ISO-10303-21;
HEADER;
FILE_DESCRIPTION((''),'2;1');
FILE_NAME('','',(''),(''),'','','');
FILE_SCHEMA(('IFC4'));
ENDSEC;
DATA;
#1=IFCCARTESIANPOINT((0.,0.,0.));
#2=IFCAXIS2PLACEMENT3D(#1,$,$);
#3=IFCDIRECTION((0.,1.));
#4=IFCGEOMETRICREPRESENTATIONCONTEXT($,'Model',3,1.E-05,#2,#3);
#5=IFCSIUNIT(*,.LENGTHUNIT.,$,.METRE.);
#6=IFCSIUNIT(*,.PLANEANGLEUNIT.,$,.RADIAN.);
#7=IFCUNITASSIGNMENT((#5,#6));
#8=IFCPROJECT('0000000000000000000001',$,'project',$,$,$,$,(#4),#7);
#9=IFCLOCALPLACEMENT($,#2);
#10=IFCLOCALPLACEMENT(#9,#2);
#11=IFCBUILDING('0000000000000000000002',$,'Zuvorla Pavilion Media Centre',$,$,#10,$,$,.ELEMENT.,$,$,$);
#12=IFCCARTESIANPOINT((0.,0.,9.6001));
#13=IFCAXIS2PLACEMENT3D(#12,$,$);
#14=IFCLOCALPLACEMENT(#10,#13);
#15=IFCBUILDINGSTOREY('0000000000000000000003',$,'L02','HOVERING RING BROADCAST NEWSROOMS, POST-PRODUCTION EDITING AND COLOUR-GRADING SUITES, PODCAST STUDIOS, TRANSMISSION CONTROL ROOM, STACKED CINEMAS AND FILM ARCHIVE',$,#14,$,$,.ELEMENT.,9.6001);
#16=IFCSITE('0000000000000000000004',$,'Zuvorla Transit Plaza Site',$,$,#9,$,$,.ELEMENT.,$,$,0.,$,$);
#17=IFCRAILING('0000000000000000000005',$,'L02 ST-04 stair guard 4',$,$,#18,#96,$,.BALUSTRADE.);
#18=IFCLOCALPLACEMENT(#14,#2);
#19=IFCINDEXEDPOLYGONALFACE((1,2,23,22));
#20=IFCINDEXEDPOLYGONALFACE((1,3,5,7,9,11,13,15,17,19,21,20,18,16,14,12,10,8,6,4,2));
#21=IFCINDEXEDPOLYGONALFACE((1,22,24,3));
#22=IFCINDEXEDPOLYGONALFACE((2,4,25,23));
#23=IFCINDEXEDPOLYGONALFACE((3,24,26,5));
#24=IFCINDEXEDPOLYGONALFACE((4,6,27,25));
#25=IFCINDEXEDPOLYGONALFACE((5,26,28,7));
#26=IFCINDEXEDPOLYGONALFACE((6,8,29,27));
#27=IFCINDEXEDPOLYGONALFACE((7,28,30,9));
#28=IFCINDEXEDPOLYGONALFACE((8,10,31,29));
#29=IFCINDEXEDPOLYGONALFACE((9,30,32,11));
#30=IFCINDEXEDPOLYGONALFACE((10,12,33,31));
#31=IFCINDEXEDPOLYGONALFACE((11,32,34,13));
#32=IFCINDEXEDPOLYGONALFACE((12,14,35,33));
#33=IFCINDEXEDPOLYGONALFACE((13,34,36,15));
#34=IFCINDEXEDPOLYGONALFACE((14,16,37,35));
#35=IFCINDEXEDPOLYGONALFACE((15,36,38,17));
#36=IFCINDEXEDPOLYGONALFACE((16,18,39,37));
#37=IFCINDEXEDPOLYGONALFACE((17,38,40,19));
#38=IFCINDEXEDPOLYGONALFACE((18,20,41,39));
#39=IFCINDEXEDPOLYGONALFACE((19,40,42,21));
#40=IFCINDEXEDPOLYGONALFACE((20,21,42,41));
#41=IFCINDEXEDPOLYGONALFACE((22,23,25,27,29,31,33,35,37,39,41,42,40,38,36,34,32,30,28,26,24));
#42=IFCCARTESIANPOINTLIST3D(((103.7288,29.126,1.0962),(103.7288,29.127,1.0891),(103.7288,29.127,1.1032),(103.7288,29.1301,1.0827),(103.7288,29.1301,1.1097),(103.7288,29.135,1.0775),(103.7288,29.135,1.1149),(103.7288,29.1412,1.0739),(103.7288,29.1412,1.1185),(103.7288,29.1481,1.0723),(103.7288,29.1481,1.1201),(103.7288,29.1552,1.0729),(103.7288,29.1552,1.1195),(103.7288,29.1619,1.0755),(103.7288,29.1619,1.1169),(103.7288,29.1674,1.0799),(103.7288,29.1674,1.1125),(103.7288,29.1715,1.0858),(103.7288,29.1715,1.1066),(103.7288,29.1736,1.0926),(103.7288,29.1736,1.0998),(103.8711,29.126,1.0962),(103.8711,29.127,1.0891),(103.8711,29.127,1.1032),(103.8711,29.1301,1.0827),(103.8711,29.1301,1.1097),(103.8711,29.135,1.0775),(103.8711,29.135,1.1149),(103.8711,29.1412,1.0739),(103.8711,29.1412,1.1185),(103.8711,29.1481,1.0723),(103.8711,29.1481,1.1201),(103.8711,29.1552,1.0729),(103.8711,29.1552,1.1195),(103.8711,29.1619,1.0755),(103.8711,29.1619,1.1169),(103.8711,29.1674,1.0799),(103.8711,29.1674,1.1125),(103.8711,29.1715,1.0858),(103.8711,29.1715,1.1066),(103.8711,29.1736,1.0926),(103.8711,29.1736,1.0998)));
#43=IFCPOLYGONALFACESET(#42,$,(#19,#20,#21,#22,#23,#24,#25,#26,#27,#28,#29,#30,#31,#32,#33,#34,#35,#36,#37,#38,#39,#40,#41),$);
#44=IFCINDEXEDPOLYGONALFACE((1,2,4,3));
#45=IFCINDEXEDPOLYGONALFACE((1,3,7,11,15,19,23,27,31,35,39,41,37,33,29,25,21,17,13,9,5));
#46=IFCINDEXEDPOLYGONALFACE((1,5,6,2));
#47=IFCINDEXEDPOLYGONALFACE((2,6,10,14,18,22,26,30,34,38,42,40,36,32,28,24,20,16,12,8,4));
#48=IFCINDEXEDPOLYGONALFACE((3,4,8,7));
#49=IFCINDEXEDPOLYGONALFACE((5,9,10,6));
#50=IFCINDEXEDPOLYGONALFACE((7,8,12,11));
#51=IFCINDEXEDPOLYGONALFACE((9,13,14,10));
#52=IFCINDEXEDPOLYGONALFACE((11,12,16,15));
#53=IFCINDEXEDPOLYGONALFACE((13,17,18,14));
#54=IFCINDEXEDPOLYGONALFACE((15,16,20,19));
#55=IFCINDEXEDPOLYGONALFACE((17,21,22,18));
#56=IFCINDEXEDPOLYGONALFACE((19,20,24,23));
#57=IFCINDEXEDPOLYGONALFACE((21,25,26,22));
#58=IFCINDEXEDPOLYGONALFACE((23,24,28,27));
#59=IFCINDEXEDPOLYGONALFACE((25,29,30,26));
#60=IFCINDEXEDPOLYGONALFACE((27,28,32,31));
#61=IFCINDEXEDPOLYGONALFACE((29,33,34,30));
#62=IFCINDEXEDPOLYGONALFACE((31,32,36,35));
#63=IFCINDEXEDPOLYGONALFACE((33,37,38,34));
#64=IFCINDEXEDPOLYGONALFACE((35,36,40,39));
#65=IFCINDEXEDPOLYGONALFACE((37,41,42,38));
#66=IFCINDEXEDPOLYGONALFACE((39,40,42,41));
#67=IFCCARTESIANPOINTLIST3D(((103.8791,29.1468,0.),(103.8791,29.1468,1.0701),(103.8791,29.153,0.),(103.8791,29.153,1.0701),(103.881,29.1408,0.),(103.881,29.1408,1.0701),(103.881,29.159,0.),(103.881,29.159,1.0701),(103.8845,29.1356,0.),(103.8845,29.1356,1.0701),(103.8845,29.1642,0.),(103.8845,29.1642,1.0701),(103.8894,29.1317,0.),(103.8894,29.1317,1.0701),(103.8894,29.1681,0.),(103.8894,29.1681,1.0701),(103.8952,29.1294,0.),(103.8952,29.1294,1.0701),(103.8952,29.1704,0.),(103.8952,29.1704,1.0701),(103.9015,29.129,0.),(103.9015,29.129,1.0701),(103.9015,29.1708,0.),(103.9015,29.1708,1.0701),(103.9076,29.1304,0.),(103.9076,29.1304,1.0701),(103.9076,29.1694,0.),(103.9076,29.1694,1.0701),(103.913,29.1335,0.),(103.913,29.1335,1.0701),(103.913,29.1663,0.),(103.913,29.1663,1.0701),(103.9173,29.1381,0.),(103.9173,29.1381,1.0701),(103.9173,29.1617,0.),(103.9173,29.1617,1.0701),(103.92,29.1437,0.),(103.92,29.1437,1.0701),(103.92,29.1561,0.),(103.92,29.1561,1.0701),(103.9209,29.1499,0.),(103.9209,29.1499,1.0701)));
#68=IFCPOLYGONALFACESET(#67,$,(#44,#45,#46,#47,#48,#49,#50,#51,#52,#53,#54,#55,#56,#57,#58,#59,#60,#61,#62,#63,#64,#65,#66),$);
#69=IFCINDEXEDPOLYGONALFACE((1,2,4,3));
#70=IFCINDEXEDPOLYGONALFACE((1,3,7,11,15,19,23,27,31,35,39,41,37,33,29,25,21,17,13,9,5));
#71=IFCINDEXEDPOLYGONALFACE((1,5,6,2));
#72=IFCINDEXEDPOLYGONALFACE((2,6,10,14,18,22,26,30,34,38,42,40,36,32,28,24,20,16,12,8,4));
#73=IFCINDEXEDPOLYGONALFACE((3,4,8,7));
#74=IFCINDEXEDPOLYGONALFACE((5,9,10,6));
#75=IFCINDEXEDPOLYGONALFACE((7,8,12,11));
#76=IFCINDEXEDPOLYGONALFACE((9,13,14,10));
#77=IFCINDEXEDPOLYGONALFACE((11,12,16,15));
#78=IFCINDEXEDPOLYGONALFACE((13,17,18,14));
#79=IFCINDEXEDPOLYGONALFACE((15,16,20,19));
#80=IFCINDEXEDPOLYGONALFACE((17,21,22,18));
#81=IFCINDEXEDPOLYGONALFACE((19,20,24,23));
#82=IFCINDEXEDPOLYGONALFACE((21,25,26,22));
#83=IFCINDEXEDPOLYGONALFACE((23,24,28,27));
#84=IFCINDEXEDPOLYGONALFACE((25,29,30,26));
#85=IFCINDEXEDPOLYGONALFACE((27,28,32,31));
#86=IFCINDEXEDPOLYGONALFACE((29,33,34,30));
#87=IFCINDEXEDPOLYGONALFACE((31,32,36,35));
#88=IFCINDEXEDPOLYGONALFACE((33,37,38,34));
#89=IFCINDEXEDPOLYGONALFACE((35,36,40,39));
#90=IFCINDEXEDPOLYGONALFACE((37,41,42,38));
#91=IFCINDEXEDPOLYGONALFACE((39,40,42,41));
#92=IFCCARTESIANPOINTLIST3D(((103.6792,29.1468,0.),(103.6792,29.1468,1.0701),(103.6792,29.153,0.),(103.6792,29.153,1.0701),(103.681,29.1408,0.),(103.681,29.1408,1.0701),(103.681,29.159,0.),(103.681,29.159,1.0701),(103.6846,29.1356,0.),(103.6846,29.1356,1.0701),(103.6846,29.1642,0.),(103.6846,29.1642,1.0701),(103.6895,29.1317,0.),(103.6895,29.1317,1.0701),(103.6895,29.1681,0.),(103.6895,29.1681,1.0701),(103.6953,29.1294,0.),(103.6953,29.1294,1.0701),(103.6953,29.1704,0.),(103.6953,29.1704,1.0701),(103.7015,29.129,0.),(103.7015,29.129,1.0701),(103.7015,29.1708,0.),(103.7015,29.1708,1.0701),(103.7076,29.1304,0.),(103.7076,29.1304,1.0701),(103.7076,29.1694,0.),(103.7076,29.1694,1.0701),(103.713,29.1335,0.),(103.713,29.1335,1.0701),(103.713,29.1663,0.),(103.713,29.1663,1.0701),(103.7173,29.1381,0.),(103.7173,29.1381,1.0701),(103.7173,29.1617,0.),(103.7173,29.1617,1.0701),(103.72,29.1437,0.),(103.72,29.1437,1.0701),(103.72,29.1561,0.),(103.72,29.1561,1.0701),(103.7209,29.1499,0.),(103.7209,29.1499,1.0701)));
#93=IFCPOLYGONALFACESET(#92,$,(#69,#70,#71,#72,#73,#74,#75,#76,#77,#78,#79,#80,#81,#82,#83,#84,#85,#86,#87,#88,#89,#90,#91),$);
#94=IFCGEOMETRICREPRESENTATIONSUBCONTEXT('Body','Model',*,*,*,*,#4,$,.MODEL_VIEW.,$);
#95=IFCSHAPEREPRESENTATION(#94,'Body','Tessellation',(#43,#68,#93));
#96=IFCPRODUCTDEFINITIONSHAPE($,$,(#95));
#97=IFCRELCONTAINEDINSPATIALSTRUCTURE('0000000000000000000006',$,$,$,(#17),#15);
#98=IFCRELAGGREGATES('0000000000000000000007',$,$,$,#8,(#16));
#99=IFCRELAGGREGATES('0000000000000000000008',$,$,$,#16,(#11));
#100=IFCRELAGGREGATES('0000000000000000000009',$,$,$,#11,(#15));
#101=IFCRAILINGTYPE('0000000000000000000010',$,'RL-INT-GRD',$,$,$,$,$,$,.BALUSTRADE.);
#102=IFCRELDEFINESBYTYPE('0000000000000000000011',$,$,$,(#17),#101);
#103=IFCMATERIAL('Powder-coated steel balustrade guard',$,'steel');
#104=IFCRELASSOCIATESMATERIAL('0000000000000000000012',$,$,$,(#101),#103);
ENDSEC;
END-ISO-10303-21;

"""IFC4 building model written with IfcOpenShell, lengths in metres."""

from ifc_helpers import new_model, si_unit, direction, frame, origin, origin_2d, place, context, subcontext, project, spatial, circle, extrude, material, type_object, element, save


model = new_model("IFC4")

# Units and contexts
model_context = context("Model", 3, precision=1e-05, world=origin(), true_north=direction((0.0, 1.0)))
body_context = subcontext(model_context, "Body", "Model", "MODEL_VIEW")
ifc_project = project(units=[si_unit("LENGTHUNIT", "METRE"), si_unit("PLANEANGLEUNIT", "RADIAN")], contexts=[model_context])

# Site, building, storey
site_placement = place(None, origin())
site = spatial("IfcSite", under=ifc_project, at=site_placement, Name="Zuvorla Transit Plaza Site", CompositionType="ELEMENT", RefElevation=0.0)
building_placement = place(site_placement, origin())
building = spatial("IfcBuilding", under=site, at=building_placement, Name="Zuvorla Pavilion Media Centre", CompositionType="ELEMENT")
storey_placement = place(building_placement, frame((0.0, 0.0, 9.6001)))
storey = spatial("IfcBuildingStorey", under=building, at=storey_placement, Name="L02", Description="HOVERING RING BROADCAST NEWSROOMS, POST-PRODUCTION EDITING AND COLOUR-GRADING SUITES, PODCAST STUDIOS, TRANSMISSION CONTROL ROOM, STACKED CINEMAS AND FILM ARCHIVE", CompositionType="ELEMENT", Elevation=9.6001)

# Railing
ifc_material_1 = material(Name="Powder-coated steel balustrade guard", Category="steel")
railing_type_1 = type_object("IfcRailingType", Name="RL-INT-GRD", PredefinedType="BALUSTRADE", material=ifc_material_1)
railing_1_placement = place(storey_placement, frame((103.8999, 29.1499, 0.0)))
element("IfcRailing", 1, at=railing_1_placement, inside=storey, type_object=railing_type_1, Name="L02 ST-04 stair guard 4", PredefinedType="BALUSTRADE", context=body_context, shape_type="SweptSolid", body=[
    extrude(circle(Radius=0.0239, at=origin_2d()), frame((-0.0288, 0.0, 1.0962), z_axis=(-1.0, 0.0, 0.0), x_axis=(0.0, -1.0, 0.0)), (0.0, 0.0, 1.0), 0.1423),
    extrude(circle(Radius=0.021, at=origin_2d()), origin(), (0.0, 0.0, 1.0), 1.0701),
    extrude(circle(Radius=0.021, at=origin_2d()), frame((-0.2, 0.0, 0.0)), (0.0, 0.0, 1.0), 1.0701),
])

save(model, "model.ifc")
